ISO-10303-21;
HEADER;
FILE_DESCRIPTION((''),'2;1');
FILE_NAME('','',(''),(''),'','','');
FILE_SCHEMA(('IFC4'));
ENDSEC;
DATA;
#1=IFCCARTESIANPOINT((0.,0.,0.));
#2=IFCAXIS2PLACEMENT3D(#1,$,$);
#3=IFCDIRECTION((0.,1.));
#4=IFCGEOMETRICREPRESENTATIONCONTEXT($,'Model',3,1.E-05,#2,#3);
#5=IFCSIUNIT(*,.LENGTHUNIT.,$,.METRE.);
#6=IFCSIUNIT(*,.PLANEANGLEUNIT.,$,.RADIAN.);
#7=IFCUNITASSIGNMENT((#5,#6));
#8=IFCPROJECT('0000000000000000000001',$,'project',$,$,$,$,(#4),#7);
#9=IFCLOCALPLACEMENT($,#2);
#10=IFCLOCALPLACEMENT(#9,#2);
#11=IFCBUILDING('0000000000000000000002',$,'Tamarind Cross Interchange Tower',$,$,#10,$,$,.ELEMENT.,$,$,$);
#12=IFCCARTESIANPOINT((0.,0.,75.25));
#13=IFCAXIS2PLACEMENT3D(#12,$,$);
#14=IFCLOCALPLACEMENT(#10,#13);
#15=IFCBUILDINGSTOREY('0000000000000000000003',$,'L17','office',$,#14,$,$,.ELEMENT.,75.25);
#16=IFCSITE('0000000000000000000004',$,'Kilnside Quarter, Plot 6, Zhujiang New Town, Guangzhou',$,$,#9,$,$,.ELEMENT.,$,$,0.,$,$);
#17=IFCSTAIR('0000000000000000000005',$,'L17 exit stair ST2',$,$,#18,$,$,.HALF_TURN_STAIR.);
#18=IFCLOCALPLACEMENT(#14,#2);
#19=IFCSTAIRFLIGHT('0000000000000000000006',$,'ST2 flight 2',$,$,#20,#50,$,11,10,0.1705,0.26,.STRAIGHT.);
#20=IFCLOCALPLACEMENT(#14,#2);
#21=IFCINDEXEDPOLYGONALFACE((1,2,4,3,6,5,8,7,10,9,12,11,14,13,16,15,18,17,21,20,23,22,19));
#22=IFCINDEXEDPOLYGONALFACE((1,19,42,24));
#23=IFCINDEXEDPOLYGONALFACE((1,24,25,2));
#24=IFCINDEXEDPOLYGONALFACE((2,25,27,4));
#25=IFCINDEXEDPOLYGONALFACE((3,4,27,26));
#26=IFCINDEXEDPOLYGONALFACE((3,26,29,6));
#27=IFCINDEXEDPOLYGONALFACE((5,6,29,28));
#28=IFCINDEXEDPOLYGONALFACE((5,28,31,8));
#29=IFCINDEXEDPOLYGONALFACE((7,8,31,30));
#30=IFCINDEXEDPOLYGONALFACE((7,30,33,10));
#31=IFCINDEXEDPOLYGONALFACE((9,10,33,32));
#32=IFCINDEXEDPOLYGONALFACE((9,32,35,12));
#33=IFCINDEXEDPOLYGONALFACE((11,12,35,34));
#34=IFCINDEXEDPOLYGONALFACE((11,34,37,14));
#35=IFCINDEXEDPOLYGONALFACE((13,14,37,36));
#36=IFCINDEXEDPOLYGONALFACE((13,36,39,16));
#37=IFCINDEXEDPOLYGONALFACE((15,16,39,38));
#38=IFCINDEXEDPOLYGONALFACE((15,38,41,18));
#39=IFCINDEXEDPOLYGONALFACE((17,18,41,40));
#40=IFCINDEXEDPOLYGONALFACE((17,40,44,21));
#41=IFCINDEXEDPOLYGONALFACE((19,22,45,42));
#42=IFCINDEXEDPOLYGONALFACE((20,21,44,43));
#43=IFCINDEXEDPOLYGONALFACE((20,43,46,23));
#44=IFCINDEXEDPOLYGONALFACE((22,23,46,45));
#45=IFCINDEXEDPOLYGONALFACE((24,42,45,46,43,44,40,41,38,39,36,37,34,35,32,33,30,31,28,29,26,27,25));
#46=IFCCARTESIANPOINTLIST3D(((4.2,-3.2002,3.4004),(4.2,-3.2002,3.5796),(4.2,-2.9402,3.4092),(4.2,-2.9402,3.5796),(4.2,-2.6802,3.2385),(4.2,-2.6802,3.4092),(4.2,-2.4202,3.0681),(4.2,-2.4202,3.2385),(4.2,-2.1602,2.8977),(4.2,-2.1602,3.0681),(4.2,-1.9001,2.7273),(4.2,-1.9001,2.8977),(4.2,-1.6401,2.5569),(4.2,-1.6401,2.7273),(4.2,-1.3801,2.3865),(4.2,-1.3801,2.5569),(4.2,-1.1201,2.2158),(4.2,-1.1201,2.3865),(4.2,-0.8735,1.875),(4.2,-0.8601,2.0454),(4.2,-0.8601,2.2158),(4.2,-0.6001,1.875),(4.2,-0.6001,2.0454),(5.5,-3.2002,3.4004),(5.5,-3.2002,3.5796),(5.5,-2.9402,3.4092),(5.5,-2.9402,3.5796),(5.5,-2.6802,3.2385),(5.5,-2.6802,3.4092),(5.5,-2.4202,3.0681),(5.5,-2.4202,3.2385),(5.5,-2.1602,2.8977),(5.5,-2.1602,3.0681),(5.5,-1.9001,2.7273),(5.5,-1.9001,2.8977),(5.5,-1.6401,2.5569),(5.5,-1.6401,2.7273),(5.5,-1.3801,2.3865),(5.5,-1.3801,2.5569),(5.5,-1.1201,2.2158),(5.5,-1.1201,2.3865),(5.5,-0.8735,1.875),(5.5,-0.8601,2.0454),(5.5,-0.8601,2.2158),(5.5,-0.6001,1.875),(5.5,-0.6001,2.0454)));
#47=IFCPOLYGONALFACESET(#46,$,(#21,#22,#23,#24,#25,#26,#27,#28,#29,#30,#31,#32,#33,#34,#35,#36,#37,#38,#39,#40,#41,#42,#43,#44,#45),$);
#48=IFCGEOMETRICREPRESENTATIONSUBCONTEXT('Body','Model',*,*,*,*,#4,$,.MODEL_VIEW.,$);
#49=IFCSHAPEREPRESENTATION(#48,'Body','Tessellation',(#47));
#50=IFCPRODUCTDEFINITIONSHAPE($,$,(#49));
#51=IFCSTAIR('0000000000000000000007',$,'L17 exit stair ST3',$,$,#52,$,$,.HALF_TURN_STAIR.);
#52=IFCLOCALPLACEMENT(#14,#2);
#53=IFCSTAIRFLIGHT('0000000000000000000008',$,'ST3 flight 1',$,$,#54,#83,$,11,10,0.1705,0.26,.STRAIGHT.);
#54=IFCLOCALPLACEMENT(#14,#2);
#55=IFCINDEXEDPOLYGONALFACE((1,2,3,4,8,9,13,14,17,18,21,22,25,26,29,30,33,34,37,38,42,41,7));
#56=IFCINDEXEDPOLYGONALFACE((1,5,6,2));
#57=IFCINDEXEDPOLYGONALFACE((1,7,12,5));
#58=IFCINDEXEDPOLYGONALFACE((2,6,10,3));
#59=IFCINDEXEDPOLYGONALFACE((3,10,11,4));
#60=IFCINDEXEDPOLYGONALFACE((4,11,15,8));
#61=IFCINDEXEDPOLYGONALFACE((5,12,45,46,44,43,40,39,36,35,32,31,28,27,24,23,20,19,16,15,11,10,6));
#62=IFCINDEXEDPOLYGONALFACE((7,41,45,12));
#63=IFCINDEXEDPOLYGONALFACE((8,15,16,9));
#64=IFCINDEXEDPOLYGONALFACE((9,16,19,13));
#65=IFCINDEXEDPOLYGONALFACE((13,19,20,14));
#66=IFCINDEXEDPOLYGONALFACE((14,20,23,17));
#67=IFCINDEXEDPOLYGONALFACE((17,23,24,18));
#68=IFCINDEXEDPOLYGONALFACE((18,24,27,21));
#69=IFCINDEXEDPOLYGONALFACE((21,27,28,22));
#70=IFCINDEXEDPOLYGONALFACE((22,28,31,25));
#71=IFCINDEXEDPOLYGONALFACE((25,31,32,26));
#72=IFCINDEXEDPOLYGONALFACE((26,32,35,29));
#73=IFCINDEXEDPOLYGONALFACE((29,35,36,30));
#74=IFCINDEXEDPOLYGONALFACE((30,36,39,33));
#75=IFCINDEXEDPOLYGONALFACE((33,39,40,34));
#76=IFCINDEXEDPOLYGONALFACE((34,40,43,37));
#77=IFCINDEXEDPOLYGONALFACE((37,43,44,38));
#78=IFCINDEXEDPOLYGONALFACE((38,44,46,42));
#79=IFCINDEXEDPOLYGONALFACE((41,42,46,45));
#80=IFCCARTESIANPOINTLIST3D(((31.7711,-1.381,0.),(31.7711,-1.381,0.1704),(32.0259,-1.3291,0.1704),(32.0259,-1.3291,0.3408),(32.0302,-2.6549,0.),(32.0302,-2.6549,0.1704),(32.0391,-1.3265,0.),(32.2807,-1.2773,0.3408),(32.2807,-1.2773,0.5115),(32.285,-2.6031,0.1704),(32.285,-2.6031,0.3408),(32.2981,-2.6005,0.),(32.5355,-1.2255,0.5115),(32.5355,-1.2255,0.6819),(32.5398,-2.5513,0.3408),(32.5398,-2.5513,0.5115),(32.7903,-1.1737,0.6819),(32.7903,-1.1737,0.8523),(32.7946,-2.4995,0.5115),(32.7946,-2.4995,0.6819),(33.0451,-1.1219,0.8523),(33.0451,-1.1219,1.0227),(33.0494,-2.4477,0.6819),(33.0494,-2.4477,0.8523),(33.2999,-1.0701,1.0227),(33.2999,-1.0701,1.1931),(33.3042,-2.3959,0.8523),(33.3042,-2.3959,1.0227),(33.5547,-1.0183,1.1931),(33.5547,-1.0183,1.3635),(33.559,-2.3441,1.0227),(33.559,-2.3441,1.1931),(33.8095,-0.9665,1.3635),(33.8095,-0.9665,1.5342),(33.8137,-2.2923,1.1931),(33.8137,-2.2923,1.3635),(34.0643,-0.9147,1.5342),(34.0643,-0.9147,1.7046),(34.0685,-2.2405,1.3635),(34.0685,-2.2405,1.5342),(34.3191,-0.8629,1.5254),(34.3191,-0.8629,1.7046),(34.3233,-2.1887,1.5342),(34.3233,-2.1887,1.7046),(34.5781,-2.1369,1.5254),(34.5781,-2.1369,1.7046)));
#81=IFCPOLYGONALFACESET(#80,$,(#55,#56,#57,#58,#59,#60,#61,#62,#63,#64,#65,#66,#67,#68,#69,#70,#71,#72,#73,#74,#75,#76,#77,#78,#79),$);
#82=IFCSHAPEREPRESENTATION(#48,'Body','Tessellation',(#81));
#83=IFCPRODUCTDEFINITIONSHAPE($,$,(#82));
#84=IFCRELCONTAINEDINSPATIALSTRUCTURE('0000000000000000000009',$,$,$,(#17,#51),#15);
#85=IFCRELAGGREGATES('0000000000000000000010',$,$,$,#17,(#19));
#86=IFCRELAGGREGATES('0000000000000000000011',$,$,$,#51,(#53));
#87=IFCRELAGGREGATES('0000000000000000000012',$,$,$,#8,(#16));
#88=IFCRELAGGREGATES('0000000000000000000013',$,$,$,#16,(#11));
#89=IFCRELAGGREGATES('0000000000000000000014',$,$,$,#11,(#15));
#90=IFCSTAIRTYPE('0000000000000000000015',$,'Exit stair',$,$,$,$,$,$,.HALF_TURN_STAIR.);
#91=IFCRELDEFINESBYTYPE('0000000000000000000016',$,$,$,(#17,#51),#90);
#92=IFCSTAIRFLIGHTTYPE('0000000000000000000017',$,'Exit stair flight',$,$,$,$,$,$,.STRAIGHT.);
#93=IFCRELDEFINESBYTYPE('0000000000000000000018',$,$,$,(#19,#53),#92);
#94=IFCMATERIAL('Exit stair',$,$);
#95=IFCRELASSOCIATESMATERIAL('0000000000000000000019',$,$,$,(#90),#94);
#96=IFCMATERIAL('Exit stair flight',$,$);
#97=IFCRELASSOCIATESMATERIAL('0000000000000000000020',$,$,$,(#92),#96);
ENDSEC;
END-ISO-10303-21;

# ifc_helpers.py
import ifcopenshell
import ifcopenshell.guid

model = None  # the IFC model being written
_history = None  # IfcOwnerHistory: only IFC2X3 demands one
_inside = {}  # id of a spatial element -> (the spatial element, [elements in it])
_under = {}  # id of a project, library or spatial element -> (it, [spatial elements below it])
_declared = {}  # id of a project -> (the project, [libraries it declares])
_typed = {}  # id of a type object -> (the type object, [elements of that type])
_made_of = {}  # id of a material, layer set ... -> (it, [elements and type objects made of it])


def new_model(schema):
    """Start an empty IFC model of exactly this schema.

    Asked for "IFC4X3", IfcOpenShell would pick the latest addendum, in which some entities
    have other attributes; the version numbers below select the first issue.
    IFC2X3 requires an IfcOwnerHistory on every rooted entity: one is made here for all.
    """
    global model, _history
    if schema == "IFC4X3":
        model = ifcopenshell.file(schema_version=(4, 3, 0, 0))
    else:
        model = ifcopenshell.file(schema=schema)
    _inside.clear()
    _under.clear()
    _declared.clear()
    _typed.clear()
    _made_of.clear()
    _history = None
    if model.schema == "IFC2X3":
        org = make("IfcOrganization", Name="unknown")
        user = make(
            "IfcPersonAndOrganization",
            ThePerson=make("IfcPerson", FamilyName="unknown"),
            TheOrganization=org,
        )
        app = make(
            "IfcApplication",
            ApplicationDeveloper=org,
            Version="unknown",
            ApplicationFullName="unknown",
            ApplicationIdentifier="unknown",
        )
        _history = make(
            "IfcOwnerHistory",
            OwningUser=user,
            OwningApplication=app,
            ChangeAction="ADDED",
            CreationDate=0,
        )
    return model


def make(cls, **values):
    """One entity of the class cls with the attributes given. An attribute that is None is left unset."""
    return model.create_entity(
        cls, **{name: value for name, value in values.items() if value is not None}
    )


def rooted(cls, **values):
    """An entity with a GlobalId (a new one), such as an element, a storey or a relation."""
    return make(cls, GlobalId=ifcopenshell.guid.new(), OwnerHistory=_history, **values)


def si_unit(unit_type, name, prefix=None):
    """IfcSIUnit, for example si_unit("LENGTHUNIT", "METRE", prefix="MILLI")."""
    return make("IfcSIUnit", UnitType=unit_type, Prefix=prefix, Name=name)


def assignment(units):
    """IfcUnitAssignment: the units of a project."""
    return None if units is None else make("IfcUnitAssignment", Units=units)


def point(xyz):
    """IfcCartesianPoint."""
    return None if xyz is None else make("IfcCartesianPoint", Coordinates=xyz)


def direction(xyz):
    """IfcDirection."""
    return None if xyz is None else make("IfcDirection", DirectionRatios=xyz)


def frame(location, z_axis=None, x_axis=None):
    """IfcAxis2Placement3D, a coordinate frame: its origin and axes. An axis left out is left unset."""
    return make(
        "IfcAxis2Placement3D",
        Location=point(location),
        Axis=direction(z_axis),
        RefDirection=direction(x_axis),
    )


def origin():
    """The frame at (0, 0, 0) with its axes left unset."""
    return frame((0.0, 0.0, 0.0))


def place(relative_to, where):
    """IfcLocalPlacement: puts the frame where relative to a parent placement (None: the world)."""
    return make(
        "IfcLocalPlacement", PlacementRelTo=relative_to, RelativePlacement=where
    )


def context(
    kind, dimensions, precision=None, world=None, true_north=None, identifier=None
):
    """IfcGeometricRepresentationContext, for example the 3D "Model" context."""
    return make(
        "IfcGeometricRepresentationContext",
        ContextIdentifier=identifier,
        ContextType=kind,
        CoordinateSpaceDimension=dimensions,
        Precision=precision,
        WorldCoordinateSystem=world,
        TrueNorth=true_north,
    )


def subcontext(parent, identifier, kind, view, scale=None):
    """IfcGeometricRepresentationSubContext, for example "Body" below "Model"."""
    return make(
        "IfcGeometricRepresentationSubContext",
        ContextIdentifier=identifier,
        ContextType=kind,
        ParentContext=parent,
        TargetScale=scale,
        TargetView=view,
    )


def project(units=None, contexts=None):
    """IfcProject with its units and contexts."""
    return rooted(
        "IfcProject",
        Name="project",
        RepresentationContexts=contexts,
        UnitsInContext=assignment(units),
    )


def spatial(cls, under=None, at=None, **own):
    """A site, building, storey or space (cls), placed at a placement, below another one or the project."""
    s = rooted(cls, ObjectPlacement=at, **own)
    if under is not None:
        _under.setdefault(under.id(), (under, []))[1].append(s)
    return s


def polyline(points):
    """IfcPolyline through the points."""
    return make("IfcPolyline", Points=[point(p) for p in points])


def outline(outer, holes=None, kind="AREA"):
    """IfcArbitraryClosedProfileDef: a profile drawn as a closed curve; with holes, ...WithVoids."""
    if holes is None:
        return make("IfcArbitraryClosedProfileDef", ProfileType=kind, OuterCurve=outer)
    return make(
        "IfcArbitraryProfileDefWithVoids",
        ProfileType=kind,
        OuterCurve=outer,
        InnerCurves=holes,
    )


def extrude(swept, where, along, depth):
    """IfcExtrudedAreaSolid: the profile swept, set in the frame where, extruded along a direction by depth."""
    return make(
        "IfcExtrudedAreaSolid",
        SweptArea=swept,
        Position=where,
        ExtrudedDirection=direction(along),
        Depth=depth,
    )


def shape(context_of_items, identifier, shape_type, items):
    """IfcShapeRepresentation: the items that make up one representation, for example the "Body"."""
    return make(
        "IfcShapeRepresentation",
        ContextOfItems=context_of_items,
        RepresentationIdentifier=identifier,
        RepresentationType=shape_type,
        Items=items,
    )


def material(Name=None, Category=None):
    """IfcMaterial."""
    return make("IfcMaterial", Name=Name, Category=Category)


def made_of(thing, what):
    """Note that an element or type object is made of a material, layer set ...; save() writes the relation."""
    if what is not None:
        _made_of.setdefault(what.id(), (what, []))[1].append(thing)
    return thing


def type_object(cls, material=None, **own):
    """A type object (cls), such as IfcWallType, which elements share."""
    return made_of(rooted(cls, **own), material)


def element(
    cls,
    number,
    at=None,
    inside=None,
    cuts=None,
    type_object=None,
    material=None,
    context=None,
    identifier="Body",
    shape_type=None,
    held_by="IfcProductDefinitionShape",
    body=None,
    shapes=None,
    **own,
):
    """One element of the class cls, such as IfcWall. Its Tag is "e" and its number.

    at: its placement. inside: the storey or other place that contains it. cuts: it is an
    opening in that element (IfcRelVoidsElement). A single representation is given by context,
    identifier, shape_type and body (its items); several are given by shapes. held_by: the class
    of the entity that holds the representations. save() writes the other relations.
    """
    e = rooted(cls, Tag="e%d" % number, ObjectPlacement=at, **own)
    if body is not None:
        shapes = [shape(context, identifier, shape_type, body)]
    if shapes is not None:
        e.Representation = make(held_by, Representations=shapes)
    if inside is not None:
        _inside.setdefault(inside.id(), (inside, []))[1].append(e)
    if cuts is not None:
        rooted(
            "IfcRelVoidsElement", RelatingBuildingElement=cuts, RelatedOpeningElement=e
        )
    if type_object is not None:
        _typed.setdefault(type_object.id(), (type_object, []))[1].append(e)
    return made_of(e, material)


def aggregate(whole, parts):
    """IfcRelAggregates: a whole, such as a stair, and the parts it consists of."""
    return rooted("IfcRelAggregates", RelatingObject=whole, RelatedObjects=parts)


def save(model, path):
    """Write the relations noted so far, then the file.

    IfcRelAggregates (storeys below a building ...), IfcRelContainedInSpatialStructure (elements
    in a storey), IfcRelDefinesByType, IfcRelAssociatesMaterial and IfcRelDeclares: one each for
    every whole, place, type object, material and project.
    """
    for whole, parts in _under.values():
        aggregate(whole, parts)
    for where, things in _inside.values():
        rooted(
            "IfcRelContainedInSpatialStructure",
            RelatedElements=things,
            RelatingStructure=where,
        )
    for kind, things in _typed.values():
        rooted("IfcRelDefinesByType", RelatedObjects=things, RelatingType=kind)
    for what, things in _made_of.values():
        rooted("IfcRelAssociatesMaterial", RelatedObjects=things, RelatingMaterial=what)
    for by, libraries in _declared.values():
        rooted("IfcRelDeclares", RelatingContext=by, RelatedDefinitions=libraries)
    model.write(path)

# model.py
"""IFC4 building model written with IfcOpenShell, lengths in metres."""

from ifc_helpers import new_model, si_unit, direction, frame, origin, place, context, subcontext, project, spatial, polyline, outline, extrude, material, type_object, element, aggregate, save


model = new_model("IFC4")

# Units and contexts
model_context = context("Model", 3, precision=1e-05, world=origin(), true_north=direction((0.0, 1.0)))
body_context = subcontext(model_context, "Body", "Model", "MODEL_VIEW")
ifc_project = project(units=[si_unit("LENGTHUNIT", "METRE"), si_unit("PLANEANGLEUNIT", "RADIAN")], contexts=[model_context])

# Site, building, storey
site_placement = place(None, origin())
site = spatial("IfcSite", under=ifc_project, at=site_placement, Name="Kilnside Quarter, Plot 6, Zhujiang New Town, Guangzhou", CompositionType="ELEMENT", RefElevation=0.0)
building_placement = place(site_placement, origin())
building = spatial("IfcBuilding", under=site, at=building_placement, Name="Tamarind Cross Interchange Tower", CompositionType="ELEMENT")
storey_placement = place(building_placement, frame((0.0, 0.0, 75.25)))
storey = spatial("IfcBuildingStorey", under=building, at=storey_placement, Name="L17", Description="office", CompositionType="ELEMENT", Elevation=75.25)

# Stair, stair flight
ifc_material_1 = material(Name="Exit stair")
stair_type = type_object("IfcStairType", Name="Exit stair", PredefinedType="HALF_TURN_STAIR", material=ifc_material_1)
stair_1_placement = place(storey_placement, origin())
stair_1 = element("IfcStair", 1, at=stair_1_placement, inside=storey, type_object=stair_type, Name="L17 exit stair ST2", PredefinedType="HALF_TURN_STAIR")
ifc_material_2 = material(Name="Exit stair flight")
stair_flight_type = type_object("IfcStairFlightType", Name="Exit stair flight", PredefinedType="STRAIGHT", material=ifc_material_2)
stair_flight_1_placement = place(storey_placement, frame((4.8501, -0.6001, 1.875), z_axis=(0.0, 0.0, 1.0), x_axis=(0.0, -1.0, 0.0)))
stair_flight_1 = element("IfcStairFlight", 2, at=stair_flight_1_placement, type_object=stair_flight_type, Name="ST2 flight 2", NumberOfRisers=11, NumberOfTreads=10, PredefinedType="STRAIGHT", RiserHeight=0.1705, TreadLength=0.26, context=body_context, shape_type="SweptSolid", body=[
    extrude(outline(polyline([(0.0, 0.0), (0.0, 0.1704), (0.26, 0.1704), (0.26, 0.3408), (0.52, 0.3408), (0.52, 0.5115), (0.78, 0.5115), (0.78, 0.6819), (1.04, 0.6819), (1.04, 0.8523), (1.3, 0.8523), (1.3, 1.0227), (1.5601, 1.0227), (1.5601, 1.1931), (1.8201, 1.1931), (1.8201, 1.3635), (2.0801, 1.3635), (2.0801, 1.5342), (2.3401, 1.5342), (2.3401, 1.7046), (2.6001, 1.7046), (2.6001, 1.875), (2.6001, 1.5254), (0.2734, 0.0), (0.0, 0.0)])), frame((0.0, 0.6499, 0.0), z_axis=(0.0, -1.0, 0.0), x_axis=(1.0, 0.0, 0.0)), (0.0, 0.0, 1.0), 1.3),
])
aggregate(stair_1, [stair_flight_1])

# Stair, stair flight
stair_2_placement = place(storey_placement, origin())
stair_2 = element("IfcStair", 3, at=stair_2_placement, inside=storey, type_object=stair_type, Name="L17 exit stair ST3", PredefinedType="HALF_TURN_STAIR")
stair_flight_2_placement = place(storey_placement, frame((31.9006, -2.0178, 0.0), z_axis=(0.0, 0.0, 1.0), x_axis=(0.97995, 0.199245, 0.0)))
stair_flight_2 = element("IfcStairFlight", 4, at=stair_flight_2_placement, type_object=stair_flight_type, Name="ST3 flight 1", NumberOfRisers=11, NumberOfTreads=10, PredefinedType="STRAIGHT", RiserHeight=0.1705, TreadLength=0.26, context=body_context, shape_type="SweptSolid", body=[
    extrude(outline(polyline([(0.0, 0.0), (0.0, 0.1704), (0.26, 0.1704), (0.26, 0.3408), (0.52, 0.3408), (0.52, 0.5115), (0.78, 0.5115), (0.78, 0.6819), (1.04, 0.6819), (1.04, 0.8523), (1.3, 0.8523), (1.3, 1.0227), (1.5601, 1.0227), (1.5601, 1.1931), (1.8201, 1.1931), (1.8201, 1.3635), (2.0801, 1.3635), (2.0801, 1.5342), (2.3401, 1.5342), (2.3401, 1.7046), (2.6001, 1.7046), (2.6001, 1.875), (2.6001, 1.5254), (0.2734, 0.0), (0.0, 0.0)])), frame((0.0, 0.6499, 0.0), z_axis=(0.0, -1.0, 0.0), x_axis=(1.0, 0.0, 0.0)), (0.0, 0.0, 1.0), 1.3),
])
aggregate(stair_2, [stair_flight_2])

save(model, "model.ifc")
